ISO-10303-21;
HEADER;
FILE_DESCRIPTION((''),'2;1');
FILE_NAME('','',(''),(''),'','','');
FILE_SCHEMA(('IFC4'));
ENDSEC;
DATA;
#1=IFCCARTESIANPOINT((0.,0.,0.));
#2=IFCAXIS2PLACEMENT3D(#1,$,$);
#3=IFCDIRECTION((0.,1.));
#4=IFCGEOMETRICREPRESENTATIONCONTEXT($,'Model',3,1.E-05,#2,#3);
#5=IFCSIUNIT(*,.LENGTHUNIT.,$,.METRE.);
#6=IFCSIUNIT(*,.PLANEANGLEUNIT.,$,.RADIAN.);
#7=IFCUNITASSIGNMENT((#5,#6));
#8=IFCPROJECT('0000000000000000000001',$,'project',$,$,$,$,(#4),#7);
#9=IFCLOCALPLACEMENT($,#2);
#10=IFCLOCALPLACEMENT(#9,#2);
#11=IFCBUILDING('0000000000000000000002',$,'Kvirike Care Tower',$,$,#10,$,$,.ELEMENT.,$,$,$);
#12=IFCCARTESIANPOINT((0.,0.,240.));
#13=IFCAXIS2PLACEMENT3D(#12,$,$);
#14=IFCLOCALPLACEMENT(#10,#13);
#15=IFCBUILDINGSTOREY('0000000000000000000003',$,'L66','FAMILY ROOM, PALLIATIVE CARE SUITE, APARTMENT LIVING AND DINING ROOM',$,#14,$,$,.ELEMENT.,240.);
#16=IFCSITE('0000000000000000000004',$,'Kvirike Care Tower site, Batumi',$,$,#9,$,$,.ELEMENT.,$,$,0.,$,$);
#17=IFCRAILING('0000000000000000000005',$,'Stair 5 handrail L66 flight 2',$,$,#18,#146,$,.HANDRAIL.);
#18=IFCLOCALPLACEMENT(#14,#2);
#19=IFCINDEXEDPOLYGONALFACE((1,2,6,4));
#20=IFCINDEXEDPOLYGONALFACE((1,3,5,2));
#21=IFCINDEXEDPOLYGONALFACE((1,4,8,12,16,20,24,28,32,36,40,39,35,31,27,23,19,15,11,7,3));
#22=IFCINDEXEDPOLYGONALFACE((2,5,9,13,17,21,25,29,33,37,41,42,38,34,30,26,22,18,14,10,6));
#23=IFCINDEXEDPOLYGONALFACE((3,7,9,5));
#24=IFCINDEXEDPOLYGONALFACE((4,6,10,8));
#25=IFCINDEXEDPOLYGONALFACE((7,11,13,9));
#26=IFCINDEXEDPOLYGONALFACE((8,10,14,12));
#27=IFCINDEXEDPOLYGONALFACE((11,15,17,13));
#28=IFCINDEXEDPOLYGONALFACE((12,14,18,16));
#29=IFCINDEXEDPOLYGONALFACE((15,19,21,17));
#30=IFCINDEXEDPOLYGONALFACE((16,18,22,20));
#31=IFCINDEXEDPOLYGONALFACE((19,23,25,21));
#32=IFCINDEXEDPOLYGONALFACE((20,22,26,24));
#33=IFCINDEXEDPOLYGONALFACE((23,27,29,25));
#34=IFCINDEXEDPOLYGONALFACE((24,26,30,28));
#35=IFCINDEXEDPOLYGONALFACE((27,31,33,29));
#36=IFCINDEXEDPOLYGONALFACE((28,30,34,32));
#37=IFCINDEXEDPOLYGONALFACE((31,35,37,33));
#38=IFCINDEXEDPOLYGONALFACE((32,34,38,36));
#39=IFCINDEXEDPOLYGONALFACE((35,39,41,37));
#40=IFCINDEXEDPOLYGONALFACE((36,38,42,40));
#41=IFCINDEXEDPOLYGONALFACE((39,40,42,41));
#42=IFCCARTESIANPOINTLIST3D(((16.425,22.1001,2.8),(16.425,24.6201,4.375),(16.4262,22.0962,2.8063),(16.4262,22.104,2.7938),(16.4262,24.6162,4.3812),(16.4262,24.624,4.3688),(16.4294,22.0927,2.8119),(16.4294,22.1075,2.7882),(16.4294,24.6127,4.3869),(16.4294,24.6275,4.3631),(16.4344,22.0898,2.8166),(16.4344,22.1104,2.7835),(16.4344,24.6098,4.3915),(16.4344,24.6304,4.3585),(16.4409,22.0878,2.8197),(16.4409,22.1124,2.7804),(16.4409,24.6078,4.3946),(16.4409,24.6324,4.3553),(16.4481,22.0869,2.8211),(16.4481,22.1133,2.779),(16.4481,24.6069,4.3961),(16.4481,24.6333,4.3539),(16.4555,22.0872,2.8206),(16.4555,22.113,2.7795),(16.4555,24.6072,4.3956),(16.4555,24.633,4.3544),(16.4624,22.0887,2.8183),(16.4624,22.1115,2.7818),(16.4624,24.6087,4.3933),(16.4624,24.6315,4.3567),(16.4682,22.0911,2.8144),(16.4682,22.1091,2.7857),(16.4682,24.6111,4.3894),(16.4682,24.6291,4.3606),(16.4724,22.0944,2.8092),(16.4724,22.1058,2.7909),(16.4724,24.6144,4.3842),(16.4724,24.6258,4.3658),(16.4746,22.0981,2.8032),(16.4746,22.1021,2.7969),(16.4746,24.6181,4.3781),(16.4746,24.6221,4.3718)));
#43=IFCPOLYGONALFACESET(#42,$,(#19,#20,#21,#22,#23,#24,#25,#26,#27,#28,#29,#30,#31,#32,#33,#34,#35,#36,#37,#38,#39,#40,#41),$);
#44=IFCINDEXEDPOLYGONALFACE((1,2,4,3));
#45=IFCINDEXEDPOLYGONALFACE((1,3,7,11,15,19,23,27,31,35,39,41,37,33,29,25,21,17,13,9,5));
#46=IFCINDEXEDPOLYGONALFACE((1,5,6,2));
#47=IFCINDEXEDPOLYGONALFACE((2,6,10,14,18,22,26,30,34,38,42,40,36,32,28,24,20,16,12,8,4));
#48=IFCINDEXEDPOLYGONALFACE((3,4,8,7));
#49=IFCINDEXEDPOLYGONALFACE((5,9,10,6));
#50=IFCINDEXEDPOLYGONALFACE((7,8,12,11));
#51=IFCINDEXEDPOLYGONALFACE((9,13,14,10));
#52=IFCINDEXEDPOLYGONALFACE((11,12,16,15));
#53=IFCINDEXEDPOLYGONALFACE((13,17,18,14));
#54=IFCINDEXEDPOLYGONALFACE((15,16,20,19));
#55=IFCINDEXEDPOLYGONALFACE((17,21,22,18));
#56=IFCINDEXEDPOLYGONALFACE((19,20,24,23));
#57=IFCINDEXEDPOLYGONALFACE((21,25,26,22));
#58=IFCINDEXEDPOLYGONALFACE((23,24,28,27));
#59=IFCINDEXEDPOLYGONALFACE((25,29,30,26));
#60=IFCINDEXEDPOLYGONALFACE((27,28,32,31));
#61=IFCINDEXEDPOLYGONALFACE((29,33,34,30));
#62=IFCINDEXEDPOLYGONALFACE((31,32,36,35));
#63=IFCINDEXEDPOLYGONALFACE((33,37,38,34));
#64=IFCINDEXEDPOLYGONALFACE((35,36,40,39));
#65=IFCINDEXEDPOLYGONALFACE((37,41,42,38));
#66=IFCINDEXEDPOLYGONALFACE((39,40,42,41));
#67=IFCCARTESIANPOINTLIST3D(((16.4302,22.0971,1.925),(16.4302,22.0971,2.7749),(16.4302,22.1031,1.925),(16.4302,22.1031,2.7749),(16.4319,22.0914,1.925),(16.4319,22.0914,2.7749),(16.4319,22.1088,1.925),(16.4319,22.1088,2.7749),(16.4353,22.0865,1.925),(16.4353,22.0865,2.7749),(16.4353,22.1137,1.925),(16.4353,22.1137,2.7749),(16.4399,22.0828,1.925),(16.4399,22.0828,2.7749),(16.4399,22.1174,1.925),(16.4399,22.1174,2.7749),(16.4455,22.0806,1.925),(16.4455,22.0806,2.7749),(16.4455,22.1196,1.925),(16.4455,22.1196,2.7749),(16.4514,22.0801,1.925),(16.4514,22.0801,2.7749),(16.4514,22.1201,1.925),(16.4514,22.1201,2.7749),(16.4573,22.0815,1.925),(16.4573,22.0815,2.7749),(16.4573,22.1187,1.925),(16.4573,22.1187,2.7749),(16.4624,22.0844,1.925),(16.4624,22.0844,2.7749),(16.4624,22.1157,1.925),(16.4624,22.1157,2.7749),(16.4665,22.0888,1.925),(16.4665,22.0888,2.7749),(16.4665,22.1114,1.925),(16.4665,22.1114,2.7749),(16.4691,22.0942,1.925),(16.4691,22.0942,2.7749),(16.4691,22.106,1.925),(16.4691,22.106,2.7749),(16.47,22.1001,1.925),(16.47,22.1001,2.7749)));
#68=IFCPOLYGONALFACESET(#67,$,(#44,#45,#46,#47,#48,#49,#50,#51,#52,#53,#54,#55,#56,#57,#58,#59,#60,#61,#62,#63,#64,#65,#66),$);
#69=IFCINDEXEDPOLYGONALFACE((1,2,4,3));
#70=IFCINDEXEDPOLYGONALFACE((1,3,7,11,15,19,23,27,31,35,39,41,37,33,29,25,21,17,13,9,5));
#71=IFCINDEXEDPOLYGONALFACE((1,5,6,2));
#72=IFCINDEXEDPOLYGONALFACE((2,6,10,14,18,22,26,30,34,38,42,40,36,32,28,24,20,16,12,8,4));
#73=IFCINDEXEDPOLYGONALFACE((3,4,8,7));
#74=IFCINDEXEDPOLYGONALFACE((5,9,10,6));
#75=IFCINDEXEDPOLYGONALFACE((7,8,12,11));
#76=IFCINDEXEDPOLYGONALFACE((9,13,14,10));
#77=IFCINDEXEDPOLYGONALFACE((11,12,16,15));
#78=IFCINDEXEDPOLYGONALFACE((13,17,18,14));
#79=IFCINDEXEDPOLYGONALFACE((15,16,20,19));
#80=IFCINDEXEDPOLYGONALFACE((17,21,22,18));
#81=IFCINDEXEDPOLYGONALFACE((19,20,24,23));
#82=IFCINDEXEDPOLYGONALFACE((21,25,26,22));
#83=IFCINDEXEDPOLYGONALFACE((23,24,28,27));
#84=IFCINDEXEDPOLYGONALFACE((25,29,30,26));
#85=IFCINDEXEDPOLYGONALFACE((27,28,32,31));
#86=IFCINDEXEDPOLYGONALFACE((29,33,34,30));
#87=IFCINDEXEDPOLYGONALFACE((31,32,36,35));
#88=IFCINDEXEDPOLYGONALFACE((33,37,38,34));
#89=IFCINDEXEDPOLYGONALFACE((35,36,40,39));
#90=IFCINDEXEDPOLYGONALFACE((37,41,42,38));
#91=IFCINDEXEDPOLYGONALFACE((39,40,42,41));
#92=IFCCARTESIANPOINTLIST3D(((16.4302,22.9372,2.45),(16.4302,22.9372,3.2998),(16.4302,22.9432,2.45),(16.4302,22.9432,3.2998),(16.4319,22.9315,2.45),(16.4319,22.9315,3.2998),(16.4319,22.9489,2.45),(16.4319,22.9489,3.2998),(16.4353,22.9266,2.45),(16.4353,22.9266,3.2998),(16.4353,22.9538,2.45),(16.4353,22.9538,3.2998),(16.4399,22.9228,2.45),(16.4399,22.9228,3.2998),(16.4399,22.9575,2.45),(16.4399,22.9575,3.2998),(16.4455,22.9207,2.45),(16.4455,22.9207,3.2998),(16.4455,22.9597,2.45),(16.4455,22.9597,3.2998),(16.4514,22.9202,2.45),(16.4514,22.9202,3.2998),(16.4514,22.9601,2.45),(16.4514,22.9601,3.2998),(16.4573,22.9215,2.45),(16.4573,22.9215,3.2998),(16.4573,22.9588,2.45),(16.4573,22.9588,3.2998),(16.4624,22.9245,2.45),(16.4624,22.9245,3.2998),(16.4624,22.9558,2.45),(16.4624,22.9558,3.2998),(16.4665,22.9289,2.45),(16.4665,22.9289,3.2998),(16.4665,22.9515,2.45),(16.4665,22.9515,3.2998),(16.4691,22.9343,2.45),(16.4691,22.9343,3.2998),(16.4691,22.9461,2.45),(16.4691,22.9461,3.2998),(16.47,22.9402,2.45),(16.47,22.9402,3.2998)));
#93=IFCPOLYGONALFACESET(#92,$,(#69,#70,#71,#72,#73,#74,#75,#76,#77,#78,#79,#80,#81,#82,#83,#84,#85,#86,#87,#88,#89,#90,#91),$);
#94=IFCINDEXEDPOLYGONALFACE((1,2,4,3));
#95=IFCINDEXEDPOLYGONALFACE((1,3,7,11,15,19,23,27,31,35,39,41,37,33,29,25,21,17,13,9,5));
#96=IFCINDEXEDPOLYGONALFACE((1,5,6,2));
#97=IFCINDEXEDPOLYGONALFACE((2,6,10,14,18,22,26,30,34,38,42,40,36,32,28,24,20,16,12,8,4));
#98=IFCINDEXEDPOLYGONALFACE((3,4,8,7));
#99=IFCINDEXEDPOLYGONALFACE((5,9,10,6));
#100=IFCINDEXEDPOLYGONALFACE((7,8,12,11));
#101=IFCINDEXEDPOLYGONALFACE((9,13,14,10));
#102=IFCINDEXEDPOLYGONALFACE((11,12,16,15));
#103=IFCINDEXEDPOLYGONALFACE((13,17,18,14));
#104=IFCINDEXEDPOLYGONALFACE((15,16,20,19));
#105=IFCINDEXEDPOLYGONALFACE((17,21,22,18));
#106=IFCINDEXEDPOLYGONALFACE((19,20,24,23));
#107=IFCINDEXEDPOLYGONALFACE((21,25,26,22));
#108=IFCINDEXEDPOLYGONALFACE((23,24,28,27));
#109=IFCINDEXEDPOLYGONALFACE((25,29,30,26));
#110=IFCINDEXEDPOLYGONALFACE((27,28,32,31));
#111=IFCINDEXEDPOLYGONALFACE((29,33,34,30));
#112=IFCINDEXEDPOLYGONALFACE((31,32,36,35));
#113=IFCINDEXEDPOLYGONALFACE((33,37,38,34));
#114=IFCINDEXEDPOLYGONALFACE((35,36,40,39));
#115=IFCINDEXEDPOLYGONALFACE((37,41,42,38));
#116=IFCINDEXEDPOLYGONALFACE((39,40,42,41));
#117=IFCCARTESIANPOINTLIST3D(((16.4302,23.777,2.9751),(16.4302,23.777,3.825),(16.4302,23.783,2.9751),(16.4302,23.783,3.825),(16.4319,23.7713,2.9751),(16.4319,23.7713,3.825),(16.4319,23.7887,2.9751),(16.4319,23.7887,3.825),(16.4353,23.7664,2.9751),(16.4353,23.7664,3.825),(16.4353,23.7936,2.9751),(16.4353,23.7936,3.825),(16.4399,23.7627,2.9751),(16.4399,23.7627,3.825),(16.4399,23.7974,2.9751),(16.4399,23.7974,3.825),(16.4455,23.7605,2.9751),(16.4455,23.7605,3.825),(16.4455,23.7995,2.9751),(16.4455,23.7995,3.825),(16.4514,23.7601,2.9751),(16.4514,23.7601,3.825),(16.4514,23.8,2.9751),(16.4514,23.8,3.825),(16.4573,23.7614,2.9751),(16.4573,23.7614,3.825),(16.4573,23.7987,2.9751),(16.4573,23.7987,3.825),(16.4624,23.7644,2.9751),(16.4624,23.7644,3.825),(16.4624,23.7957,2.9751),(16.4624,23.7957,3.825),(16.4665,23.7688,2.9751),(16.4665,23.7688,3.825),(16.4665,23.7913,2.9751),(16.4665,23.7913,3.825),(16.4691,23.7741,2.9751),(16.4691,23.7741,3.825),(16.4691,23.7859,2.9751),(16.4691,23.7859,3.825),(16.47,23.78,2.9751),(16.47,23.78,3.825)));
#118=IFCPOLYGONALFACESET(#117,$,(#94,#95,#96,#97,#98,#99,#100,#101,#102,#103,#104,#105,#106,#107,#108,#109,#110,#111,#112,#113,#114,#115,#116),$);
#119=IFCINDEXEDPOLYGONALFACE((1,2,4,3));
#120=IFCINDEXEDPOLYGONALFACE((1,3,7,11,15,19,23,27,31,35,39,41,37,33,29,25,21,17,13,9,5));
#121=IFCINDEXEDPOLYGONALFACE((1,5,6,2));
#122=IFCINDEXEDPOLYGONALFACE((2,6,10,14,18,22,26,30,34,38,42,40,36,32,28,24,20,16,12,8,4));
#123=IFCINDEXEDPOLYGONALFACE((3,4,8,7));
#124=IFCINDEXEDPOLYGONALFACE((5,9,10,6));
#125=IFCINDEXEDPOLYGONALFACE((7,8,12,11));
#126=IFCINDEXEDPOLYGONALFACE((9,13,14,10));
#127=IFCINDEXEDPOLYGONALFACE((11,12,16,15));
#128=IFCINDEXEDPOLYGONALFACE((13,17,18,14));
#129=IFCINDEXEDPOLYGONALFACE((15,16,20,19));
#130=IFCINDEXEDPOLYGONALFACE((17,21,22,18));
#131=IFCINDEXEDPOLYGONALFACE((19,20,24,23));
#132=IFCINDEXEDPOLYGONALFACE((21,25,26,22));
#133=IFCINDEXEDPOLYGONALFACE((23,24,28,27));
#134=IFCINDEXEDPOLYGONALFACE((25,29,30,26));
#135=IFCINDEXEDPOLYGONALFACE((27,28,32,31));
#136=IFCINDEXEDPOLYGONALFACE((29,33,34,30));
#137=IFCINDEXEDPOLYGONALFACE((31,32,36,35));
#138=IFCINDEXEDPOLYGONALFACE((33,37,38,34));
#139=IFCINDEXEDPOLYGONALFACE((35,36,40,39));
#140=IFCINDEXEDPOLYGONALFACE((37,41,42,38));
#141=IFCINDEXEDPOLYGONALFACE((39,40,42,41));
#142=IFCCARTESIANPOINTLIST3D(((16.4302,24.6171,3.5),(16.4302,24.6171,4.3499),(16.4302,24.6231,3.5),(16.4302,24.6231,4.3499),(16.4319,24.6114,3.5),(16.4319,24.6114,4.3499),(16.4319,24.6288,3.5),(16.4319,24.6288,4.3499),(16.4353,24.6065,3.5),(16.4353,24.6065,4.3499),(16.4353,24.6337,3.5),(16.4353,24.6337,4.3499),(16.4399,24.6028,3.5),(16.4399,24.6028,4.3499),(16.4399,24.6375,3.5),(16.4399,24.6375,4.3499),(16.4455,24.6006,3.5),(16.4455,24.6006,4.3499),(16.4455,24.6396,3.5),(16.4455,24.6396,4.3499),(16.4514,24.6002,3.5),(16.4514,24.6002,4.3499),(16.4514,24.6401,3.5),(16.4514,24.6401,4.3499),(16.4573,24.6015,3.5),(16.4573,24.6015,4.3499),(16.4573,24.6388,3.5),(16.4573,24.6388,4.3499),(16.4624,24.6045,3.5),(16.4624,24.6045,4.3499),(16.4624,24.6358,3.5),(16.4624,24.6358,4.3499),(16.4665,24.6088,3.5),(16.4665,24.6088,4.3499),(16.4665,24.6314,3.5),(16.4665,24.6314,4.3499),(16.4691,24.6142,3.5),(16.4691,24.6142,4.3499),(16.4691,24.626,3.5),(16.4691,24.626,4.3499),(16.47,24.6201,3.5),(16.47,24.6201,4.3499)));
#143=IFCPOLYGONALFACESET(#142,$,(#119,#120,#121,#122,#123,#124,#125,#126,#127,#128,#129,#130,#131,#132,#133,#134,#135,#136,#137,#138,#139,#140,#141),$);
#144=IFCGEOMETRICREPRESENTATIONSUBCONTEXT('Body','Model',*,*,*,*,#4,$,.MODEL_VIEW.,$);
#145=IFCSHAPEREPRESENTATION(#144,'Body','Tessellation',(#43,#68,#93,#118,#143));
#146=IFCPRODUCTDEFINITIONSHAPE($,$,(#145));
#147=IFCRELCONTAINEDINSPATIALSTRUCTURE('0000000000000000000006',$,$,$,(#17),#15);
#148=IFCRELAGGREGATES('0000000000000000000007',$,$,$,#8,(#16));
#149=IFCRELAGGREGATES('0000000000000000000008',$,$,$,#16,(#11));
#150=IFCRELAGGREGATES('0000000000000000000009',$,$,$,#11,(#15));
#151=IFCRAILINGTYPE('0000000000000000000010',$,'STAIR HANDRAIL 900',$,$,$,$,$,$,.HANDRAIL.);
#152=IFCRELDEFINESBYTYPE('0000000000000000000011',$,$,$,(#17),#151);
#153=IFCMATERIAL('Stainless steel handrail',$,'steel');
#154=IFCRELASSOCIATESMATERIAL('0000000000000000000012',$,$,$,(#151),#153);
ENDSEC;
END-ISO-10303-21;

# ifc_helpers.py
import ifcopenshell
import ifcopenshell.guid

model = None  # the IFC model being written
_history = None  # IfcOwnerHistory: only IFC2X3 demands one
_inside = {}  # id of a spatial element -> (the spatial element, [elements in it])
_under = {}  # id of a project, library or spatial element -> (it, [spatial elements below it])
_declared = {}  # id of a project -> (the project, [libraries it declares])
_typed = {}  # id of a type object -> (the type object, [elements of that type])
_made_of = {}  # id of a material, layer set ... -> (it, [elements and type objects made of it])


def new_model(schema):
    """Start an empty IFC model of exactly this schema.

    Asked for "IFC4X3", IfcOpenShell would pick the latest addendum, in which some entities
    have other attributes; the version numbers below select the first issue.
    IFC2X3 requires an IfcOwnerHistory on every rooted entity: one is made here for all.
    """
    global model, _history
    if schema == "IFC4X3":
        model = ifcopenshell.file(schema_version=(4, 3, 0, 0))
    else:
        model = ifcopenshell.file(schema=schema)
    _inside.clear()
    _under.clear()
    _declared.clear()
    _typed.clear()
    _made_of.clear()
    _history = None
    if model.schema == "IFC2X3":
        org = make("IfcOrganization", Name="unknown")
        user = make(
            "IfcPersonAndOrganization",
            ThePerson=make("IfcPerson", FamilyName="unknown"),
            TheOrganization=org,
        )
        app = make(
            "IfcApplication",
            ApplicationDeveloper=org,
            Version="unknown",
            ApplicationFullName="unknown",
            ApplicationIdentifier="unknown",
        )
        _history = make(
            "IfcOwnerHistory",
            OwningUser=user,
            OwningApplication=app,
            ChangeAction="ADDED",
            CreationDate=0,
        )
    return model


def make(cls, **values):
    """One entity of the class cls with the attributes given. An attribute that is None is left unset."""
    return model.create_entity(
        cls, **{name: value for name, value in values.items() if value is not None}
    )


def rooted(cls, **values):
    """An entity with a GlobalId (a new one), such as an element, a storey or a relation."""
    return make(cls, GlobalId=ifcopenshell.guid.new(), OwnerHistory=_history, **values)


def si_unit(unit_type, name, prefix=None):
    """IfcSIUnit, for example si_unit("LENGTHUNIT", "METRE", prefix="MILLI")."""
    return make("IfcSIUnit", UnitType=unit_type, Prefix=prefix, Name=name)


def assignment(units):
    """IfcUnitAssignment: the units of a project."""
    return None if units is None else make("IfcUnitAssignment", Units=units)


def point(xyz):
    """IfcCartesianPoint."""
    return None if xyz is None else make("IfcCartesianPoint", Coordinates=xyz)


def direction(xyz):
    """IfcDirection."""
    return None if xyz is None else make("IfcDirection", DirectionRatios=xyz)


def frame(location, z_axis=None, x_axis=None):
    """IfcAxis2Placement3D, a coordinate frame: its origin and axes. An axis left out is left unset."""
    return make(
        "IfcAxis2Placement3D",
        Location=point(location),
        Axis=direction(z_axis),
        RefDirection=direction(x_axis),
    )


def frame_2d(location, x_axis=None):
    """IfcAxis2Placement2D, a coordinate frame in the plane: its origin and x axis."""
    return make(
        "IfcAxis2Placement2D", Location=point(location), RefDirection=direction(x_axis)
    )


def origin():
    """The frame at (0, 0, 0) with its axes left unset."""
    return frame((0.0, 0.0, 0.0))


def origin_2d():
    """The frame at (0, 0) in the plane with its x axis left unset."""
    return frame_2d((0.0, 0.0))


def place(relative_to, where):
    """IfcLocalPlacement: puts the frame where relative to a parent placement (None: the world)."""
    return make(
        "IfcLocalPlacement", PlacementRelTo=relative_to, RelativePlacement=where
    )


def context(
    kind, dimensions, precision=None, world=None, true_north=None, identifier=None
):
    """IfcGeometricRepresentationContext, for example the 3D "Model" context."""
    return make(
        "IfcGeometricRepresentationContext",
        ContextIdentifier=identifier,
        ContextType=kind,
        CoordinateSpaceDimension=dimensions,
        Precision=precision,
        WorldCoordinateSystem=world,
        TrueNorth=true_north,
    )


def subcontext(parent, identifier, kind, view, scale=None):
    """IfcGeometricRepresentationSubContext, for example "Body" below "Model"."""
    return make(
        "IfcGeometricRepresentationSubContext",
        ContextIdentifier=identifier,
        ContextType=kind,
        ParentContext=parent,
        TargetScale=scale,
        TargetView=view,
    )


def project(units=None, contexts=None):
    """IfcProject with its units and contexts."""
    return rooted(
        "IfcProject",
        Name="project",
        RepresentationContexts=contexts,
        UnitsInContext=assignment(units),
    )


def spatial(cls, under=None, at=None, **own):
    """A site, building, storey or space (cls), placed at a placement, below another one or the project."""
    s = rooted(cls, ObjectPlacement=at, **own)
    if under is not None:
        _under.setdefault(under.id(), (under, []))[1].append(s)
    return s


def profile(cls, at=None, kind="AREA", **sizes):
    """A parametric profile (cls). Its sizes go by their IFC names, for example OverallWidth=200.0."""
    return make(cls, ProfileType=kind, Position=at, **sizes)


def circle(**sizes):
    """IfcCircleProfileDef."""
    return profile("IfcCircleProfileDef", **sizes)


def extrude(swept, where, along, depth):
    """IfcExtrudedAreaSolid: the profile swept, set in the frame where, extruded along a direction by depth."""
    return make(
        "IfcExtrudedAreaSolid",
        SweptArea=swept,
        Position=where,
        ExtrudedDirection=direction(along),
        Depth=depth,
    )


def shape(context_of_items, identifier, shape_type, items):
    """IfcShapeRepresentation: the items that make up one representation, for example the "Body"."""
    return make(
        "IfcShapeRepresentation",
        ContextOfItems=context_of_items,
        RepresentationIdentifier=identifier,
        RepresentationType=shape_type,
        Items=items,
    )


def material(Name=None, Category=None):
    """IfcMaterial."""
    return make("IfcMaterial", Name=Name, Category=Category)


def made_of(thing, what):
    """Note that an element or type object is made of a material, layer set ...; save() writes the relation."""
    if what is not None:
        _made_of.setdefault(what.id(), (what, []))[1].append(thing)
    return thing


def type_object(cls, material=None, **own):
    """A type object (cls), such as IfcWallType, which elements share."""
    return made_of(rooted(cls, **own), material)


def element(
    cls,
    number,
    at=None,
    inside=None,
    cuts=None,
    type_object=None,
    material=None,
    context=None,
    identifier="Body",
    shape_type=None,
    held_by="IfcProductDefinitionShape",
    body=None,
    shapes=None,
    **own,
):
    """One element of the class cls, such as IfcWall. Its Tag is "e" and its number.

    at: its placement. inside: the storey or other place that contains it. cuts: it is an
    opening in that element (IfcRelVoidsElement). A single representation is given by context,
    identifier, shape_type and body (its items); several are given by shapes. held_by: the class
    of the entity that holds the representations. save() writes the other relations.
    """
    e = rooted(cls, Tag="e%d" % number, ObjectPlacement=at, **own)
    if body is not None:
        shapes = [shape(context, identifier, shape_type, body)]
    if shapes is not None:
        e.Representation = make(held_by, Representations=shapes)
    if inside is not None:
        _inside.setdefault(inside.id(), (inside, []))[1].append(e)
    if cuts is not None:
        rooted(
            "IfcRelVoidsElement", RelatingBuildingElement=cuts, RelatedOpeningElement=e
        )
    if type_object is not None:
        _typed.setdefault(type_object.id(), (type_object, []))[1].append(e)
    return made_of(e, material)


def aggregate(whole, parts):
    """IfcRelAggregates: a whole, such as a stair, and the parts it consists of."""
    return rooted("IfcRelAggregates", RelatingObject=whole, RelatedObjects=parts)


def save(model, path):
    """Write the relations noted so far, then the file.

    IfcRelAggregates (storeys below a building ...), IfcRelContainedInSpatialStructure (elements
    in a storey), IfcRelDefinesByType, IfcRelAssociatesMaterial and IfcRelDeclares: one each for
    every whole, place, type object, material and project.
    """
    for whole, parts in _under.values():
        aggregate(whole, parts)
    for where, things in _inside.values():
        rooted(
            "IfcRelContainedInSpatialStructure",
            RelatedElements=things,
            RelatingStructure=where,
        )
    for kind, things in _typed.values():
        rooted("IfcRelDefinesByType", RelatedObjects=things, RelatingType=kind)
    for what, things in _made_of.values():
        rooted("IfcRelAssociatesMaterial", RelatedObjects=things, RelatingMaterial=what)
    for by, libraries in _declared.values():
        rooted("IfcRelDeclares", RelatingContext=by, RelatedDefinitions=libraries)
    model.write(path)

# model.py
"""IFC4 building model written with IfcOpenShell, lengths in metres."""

from ifc_helpers import new_model, si_unit, direction, frame, origin, origin_2d, place, context, subcontext, project, spatial, circle, extrude, material, type_object, element, save


model = new_model("IFC4")

# Units and contexts
model_context = context("Model", 3, precision=1e-05, world=origin(), true_north=direction((0.0, 1.0)))
body_context = subcontext(model_context, "Body", "Model", "MODEL_VIEW")
ifc_project = project(units=[si_unit("LENGTHUNIT", "METRE"), si_unit("PLANEANGLEUNIT", "RADIAN")], contexts=[model_context])

# Site, building, storey
site_placement = place(None, origin())
site = spatial("IfcSite", under=ifc_project, at=site_placement, Name="Kvirike Care Tower site, Batumi", CompositionType="ELEMENT", RefElevation=0.0)
building_placement = place(site_placement, origin())
building = spatial("IfcBuilding", under=site, at=building_placement, Name="Kvirike Care Tower", CompositionType="ELEMENT")
storey_placement = place(building_placement, frame((0.0, 0.0, 240.0)))
storey = spatial("IfcBuildingStorey", under=building, at=storey_placement, Name="L66", Description="FAMILY ROOM, PALLIATIVE CARE SUITE, APARTMENT LIVING AND DINING ROOM", CompositionType="ELEMENT", Elevation=240.0)

# Railing
ifc_material_1 = material(Name="Stainless steel handrail", Category="steel")
railing_type = type_object("IfcRailingType", Name="STAIR HANDRAIL 900", PredefinedType="HANDRAIL", material=ifc_material_1)
railing_1_placement = place(storey_placement, frame((16.45, 22.1001, 1.925)))
element("IfcRailing", 1, at=railing_1_placement, inside=storey, type_object=railing_type, Name="Stair 5 handrail L66 flight 2", PredefinedType="HANDRAIL", context=body_context, shape_type="SweptSolid", body=[
    extrude(circle(Radius=0.0249, at=origin_2d()), frame((0.0, 0.0, 0.875), z_axis=(0.0, 0.848008, 0.529984), x_axis=(-1.0, 0.0, 0.0)), (0.0, 0.0, 1.0), 2.9717),
    extrude(circle(Radius=0.02, at=origin_2d()), origin(), (0.0, 0.0, 1.0), 0.8499),
    extrude(circle(Radius=0.02, at=origin_2d()), frame((0.0, 0.8401, 0.5249)), (0.0, 0.0, 1.0), 0.8499),
    extrude(circle(Radius=0.02, at=origin_2d()), frame((0.0, 1.6799, 1.05)), (0.0, 0.0, 1.0), 0.8499),
    extrude(circle(Radius=0.02, at=origin_2d()), frame((0.0, 2.52, 1.575)), (0.0, 0.0, 1.0), 0.8499),
])

save(model, "model.ifc")
